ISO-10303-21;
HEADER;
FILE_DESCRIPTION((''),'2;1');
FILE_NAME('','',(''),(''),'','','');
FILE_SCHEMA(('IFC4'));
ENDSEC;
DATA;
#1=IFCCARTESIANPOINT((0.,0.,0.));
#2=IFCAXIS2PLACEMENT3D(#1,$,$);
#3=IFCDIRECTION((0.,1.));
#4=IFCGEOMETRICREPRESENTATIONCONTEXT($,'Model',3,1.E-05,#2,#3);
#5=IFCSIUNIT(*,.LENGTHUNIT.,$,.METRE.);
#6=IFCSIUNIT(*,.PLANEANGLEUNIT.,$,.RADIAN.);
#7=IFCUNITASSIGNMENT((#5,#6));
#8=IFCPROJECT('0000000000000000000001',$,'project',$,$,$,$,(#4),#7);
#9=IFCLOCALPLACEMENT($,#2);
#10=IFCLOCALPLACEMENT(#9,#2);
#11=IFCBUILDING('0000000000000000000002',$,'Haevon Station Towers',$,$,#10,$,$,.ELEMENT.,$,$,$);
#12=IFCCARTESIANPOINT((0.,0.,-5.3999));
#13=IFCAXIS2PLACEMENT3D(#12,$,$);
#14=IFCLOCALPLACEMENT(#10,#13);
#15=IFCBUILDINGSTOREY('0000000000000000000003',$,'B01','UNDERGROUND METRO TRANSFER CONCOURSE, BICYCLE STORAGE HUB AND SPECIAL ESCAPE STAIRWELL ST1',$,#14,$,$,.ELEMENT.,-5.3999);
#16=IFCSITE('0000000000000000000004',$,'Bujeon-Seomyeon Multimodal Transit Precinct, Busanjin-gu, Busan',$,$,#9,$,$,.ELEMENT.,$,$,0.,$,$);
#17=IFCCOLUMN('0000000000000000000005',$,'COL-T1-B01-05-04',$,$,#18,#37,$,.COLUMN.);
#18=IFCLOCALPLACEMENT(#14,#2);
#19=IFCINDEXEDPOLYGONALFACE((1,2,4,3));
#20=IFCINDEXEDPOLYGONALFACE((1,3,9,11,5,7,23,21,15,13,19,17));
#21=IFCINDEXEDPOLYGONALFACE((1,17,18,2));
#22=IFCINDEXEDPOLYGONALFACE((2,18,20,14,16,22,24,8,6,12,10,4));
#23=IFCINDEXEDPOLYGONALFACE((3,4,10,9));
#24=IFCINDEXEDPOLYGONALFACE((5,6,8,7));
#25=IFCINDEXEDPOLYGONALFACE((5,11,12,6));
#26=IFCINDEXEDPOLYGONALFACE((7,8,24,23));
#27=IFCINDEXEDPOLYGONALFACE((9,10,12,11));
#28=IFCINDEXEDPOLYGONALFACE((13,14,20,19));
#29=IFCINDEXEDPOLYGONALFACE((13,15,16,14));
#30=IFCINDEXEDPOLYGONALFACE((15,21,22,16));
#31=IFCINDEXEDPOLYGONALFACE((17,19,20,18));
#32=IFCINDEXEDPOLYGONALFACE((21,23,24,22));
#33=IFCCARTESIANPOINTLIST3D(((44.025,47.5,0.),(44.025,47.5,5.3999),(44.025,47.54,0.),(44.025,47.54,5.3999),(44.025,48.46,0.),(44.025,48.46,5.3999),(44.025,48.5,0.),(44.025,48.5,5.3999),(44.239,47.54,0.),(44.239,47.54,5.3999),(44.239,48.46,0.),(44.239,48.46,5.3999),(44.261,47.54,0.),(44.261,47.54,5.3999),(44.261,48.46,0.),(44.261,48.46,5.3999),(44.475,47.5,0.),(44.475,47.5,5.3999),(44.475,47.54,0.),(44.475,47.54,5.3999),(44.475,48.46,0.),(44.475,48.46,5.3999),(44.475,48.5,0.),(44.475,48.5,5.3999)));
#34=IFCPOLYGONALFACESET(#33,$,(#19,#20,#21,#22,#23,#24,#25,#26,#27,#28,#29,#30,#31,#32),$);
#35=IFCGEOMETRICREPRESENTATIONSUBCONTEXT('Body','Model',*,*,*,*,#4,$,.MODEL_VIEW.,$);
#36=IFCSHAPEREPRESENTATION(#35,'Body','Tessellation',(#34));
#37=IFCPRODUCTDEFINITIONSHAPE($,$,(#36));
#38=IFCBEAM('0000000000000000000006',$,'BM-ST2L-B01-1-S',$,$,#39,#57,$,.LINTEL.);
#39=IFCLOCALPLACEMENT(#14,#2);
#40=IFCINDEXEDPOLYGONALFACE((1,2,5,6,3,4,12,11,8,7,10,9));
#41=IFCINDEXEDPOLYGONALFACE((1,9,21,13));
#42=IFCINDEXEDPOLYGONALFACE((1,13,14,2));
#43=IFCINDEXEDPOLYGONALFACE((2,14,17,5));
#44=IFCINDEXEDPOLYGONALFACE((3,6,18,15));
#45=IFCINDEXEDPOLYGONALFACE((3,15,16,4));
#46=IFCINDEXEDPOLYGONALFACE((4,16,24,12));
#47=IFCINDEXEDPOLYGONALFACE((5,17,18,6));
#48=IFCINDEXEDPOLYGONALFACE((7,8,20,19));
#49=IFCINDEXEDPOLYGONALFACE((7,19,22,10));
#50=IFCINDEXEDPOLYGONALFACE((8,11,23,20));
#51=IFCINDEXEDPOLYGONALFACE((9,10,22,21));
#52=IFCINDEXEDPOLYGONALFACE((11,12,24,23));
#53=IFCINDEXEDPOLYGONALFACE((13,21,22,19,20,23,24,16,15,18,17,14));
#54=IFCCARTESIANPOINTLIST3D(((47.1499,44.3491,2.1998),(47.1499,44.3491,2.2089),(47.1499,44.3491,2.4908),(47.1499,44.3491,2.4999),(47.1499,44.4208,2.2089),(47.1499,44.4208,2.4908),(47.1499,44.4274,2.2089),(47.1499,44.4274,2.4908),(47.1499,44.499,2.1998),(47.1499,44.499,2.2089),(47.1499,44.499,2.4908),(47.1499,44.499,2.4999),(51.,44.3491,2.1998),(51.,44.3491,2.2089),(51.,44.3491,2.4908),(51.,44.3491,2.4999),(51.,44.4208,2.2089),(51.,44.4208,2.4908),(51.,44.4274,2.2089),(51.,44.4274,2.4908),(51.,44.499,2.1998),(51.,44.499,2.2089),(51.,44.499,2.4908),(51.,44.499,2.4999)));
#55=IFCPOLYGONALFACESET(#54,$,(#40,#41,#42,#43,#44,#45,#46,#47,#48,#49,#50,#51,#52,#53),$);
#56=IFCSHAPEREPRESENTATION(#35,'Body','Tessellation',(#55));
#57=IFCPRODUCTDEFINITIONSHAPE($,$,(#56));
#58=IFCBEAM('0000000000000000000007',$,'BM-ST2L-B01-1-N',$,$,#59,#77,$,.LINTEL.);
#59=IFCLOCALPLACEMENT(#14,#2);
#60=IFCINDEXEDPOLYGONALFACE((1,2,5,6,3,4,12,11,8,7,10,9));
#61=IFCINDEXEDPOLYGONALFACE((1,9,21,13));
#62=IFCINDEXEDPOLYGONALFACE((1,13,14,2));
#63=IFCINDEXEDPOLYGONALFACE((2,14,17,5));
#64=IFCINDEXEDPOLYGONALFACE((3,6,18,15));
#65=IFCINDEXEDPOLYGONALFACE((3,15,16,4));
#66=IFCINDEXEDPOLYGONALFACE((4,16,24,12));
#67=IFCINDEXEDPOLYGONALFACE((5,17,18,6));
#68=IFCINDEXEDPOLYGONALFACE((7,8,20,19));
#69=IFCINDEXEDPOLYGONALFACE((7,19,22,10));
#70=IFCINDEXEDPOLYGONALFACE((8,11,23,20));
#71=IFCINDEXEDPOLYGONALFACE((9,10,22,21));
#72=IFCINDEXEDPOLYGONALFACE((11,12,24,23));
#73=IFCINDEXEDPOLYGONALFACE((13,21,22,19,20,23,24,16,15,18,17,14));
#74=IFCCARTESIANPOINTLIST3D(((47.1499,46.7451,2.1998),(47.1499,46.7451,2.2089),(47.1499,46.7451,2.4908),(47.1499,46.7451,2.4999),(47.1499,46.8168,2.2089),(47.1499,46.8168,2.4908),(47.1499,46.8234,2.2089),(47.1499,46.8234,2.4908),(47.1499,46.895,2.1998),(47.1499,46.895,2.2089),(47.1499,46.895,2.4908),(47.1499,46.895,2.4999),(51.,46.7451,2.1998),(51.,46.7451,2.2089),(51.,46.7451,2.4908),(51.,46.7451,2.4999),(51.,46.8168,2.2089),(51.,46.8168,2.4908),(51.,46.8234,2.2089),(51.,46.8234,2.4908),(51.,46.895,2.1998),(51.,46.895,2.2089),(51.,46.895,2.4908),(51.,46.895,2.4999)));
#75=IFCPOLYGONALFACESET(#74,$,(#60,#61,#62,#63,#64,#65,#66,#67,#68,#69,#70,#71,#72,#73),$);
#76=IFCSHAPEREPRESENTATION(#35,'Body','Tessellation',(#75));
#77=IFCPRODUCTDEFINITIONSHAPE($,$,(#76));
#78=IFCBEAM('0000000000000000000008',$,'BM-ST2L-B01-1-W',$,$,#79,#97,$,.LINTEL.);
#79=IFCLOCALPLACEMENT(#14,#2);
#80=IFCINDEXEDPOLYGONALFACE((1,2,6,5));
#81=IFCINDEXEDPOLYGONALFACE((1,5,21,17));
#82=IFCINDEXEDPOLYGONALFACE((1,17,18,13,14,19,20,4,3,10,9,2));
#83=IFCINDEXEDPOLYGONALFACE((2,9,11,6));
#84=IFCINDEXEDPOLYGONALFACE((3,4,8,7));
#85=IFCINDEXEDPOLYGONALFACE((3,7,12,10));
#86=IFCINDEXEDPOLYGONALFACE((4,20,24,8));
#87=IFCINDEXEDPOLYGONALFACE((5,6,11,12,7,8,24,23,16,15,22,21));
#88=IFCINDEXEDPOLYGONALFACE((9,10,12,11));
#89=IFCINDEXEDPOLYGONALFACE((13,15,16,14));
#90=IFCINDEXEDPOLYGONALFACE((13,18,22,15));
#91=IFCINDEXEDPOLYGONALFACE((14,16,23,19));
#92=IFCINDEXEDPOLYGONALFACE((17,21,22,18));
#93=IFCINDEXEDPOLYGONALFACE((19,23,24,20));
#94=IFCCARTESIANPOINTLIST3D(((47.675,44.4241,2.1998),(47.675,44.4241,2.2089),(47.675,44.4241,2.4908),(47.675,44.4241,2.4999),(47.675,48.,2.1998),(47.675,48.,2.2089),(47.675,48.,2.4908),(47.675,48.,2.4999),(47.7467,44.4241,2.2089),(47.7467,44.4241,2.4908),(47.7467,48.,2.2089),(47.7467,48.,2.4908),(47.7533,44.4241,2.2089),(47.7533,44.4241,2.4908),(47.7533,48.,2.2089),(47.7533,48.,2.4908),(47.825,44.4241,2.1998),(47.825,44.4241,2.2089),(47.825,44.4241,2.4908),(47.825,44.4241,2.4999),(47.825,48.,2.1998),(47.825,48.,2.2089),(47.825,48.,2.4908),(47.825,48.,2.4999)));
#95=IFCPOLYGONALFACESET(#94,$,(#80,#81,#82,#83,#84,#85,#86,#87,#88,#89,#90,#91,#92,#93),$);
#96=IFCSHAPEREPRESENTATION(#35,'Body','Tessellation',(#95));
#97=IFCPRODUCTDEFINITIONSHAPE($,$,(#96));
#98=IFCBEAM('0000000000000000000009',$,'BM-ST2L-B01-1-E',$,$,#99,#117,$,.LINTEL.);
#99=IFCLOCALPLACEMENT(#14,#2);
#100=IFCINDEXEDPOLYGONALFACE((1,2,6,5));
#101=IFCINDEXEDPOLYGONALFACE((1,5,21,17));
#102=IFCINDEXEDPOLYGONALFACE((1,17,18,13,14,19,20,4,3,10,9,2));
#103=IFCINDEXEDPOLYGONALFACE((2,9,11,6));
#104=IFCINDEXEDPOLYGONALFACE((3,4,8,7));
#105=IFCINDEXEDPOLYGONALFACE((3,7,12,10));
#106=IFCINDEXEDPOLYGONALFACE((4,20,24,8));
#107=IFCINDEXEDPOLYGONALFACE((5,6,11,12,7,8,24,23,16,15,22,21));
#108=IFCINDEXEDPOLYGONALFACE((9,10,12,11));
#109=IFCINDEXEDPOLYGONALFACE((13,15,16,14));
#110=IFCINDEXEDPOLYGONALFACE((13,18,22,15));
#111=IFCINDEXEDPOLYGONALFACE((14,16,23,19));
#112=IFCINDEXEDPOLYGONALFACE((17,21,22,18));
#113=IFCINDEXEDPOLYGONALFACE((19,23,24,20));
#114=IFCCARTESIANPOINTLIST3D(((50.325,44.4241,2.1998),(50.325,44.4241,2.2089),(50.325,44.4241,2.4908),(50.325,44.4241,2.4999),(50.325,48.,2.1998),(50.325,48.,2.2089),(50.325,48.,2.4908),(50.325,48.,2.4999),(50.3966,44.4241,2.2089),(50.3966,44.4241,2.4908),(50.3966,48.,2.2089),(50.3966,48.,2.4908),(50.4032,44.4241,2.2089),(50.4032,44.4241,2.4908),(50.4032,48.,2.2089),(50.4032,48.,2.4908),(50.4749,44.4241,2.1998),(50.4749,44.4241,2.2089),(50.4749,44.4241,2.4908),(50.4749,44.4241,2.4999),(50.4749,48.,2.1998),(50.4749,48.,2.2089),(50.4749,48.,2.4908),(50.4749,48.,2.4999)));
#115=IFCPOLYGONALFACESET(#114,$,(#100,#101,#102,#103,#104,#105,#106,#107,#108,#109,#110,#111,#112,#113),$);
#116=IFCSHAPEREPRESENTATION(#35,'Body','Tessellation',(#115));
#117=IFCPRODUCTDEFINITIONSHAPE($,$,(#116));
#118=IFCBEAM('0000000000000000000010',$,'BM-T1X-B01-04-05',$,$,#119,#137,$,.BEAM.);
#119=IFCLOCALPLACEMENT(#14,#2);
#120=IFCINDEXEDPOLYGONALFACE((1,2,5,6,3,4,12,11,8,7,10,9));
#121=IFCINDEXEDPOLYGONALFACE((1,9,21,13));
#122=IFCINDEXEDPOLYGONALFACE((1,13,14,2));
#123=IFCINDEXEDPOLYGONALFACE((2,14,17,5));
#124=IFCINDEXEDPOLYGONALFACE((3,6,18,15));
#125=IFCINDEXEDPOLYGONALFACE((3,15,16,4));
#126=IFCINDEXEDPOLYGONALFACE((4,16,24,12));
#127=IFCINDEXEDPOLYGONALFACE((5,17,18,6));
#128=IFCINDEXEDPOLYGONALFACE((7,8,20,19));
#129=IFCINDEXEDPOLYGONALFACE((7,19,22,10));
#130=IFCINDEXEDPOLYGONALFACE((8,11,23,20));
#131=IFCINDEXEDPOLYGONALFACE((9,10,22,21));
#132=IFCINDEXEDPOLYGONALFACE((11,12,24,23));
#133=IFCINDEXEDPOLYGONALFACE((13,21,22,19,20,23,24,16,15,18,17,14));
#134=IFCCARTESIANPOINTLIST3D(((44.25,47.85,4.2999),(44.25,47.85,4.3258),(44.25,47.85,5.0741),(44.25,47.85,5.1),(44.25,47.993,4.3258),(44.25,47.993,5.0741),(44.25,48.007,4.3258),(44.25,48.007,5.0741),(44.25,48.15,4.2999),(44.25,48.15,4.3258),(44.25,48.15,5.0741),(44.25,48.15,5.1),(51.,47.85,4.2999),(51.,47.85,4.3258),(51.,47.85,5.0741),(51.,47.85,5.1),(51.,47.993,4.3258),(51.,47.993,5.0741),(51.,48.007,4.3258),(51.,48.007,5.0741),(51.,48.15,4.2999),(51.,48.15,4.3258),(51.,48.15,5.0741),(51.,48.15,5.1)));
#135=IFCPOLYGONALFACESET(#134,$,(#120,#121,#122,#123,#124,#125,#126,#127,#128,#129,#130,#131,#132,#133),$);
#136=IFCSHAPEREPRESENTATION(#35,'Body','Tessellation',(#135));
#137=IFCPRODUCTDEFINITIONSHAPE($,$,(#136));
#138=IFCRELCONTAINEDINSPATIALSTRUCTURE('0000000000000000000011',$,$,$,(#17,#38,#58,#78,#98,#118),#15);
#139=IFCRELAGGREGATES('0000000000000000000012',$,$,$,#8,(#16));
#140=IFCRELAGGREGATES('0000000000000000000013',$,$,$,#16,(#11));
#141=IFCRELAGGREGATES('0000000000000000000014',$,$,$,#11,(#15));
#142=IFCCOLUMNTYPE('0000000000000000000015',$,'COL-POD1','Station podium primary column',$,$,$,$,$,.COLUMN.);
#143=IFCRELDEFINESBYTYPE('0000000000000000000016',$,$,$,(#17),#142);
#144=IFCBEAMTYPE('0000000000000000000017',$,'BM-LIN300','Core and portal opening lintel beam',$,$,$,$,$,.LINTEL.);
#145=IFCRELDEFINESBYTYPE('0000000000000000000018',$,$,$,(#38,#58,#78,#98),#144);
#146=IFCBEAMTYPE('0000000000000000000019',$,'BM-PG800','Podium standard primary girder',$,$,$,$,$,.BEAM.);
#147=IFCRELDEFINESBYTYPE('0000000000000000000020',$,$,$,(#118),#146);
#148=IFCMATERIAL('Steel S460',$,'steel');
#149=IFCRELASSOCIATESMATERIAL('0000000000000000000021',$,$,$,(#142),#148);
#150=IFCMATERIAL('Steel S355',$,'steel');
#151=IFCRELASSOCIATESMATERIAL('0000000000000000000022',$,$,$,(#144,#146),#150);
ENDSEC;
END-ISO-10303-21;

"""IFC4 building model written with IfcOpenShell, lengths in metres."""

from ifc_helpers import new_model, si_unit, direction, frame, origin, origin_2d, place, context, subcontext, project, spatial, i_section, extrude, material, material_profile, profile_set, type_object, element, save


model = new_model("IFC4")

# Units and contexts
model_context = context("Model", 3, precision=1e-05, world=origin(), true_north=direction((0.0, 1.0)))
body_context = subcontext(model_context, "Body", "Model", "MODEL_VIEW")
ifc_project = project(units=[si_unit("LENGTHUNIT", "METRE"), si_unit("PLANEANGLEUNIT", "RADIAN")], contexts=[model_context])

# Site, building, storey
site_placement = place(None, origin())
site = spatial("IfcSite", under=ifc_project, at=site_placement, Name="Bujeon-Seomyeon Multimodal Transit Precinct, Busanjin-gu, Busan", CompositionType="ELEMENT", RefElevation=0.0)
building_placement = place(site_placement, origin())
building = spatial("IfcBuilding", under=site, at=building_placement, Name="Haevon Station Towers", CompositionType="ELEMENT")
storey_placement = place(building_placement, frame((0.0, 0.0, -5.3999)))
storey = spatial("IfcBuildingStorey", under=building, at=storey_placement, Name="B01", Description="UNDERGROUND METRO TRANSFER CONCOURSE, BICYCLE STORAGE HUB AND SPECIAL ESCAPE STAIRWELL ST1", CompositionType="ELEMENT", Elevation=-5.3999)

# Column
ifc_material_1 = material(Name="Steel S460", Category="steel")
ifc_material_profile_1 = material_profile(ifc_material_1, i_section(OverallWidth=0.45, OverallDepth=1.0, WebThickness=0.022, FlangeThickness=0.04, at=origin_2d()), Name="H-1000x450x22x40")
ifc_profile_set_1 = profile_set([ifc_material_profile_1], Name="Steel S460")
column_type = type_object("IfcColumnType", Name="COL-POD1", Description="Station podium primary column", PredefinedType="COLUMN", material=ifc_profile_set_1)
column_placement = place(storey_placement, frame((44.25, 48.0, 0.0), z_axis=(0.0, 0.0, 1.0), x_axis=(1.0, 0.0, 0.0)))
element("IfcColumn", 1, at=column_placement, inside=storey, type_object=column_type, Name="COL-T1-B01-05-04", PredefinedType="COLUMN", context=body_context, shape_type="SweptSolid", body=[
    extrude(i_section(OverallWidth=0.45, OverallDepth=1.0, WebThickness=0.022, FlangeThickness=0.04, at=origin_2d()), origin(), (0.0, 0.0, 1.0), 5.3999),
])

# Beams
ifc_material_2 = material(Name="Steel S355", Category="steel")
ifc_material_profile_2 = material_profile(ifc_material_2, i_section(OverallWidth=0.1499, OverallDepth=0.3, WebThickness=0.0066, FlangeThickness=0.009, at=origin_2d()), Name="H-300x150x6.5x9")
ifc_profile_set_2 = profile_set([ifc_material_profile_2], Name="Steel S355")
beam_type_1 = type_object("IfcBeamType", Name="BM-LIN300", Description="Core and portal opening lintel beam", PredefinedType="LINTEL", material=ifc_profile_set_2)
for number, where, z_axis, x_axis, name in (
    (2, (47.1499, 44.4241, 2.3499), (1.0, 0.0, 0.0), (0.0, 1.0, 0.0), "BM-ST2L-B01-1-S"),
    (3, (47.1499, 46.8201, 2.3499), (1.0, 0.0, 0.0), (0.0, 1.0, 0.0), "BM-ST2L-B01-1-N"),
):
    element("IfcBeam", number, at=place(storey_placement, frame(where, z_axis=z_axis, x_axis=x_axis)), inside=storey, type_object=beam_type_1, Name=name, PredefinedType="LINTEL", context=body_context, shape_type="SweptSolid", body=[
        extrude(i_section(OverallWidth=0.1499, OverallDepth=0.3, WebThickness=0.0066, FlangeThickness=0.009, at=origin_2d()), origin(), (0.0, 0.0, 1.0), 3.8501),
    ])
for number, where, z_axis, x_axis, name in (
    (4, (47.75, 44.4241, 2.3499), (0.0, 1.0, 0.0), (-1.0, 0.0, 0.0), "BM-ST2L-B01-1-W"),
    (5, (50.3999, 44.4241, 2.3499), (0.0, 1.0, 0.0), (-1.0, 0.0, 0.0), "BM-ST2L-B01-1-E"),
):
    element("IfcBeam", number, at=place(storey_placement, frame(where, z_axis=z_axis, x_axis=x_axis)), inside=storey, type_object=beam_type_1, Name=name, PredefinedType="LINTEL", context=body_context, shape_type="SweptSolid", body=[
        extrude(i_section(OverallWidth=0.1499, OverallDepth=0.3, WebThickness=0.0066, FlangeThickness=0.009, at=origin_2d()), origin(), (0.0, 0.0, 1.0), 3.5759),
    ])
ifc_material_profile_3 = material_profile(ifc_material_2, i_section(OverallWidth=0.3, OverallDepth=0.8, WebThickness=0.0139, FlangeThickness=0.0259, at=origin_2d()), Name="H-800x300x14x26")
ifc_profile_set_3 = profile_set([ifc_material_profile_3], Name="Steel S355")
beam_type_2 = type_object("IfcBeamType", Name="BM-PG800", Description="Podium standard primary girder", PredefinedType="BEAM", material=ifc_profile_set_3)
beam_placement = place(storey_placement, frame((44.25, 48.0, 4.7), z_axis=(1.0, 0.0, 0.0), x_axis=(0.0, 1.0, 0.0)))
element("IfcBeam", 6, at=beam_placement, inside=storey, type_object=beam_type_2, Name="BM-T1X-B01-04-05", PredefinedType="BEAM", context=body_context, shape_type="SweptSolid", body=[
    extrude(i_section(OverallWidth=0.3, OverallDepth=0.8, WebThickness=0.0139, FlangeThickness=0.0259, at=origin_2d()), origin(), (0.0, 0.0, 1.0), 6.75),
])

save(model, "model.ifc")
